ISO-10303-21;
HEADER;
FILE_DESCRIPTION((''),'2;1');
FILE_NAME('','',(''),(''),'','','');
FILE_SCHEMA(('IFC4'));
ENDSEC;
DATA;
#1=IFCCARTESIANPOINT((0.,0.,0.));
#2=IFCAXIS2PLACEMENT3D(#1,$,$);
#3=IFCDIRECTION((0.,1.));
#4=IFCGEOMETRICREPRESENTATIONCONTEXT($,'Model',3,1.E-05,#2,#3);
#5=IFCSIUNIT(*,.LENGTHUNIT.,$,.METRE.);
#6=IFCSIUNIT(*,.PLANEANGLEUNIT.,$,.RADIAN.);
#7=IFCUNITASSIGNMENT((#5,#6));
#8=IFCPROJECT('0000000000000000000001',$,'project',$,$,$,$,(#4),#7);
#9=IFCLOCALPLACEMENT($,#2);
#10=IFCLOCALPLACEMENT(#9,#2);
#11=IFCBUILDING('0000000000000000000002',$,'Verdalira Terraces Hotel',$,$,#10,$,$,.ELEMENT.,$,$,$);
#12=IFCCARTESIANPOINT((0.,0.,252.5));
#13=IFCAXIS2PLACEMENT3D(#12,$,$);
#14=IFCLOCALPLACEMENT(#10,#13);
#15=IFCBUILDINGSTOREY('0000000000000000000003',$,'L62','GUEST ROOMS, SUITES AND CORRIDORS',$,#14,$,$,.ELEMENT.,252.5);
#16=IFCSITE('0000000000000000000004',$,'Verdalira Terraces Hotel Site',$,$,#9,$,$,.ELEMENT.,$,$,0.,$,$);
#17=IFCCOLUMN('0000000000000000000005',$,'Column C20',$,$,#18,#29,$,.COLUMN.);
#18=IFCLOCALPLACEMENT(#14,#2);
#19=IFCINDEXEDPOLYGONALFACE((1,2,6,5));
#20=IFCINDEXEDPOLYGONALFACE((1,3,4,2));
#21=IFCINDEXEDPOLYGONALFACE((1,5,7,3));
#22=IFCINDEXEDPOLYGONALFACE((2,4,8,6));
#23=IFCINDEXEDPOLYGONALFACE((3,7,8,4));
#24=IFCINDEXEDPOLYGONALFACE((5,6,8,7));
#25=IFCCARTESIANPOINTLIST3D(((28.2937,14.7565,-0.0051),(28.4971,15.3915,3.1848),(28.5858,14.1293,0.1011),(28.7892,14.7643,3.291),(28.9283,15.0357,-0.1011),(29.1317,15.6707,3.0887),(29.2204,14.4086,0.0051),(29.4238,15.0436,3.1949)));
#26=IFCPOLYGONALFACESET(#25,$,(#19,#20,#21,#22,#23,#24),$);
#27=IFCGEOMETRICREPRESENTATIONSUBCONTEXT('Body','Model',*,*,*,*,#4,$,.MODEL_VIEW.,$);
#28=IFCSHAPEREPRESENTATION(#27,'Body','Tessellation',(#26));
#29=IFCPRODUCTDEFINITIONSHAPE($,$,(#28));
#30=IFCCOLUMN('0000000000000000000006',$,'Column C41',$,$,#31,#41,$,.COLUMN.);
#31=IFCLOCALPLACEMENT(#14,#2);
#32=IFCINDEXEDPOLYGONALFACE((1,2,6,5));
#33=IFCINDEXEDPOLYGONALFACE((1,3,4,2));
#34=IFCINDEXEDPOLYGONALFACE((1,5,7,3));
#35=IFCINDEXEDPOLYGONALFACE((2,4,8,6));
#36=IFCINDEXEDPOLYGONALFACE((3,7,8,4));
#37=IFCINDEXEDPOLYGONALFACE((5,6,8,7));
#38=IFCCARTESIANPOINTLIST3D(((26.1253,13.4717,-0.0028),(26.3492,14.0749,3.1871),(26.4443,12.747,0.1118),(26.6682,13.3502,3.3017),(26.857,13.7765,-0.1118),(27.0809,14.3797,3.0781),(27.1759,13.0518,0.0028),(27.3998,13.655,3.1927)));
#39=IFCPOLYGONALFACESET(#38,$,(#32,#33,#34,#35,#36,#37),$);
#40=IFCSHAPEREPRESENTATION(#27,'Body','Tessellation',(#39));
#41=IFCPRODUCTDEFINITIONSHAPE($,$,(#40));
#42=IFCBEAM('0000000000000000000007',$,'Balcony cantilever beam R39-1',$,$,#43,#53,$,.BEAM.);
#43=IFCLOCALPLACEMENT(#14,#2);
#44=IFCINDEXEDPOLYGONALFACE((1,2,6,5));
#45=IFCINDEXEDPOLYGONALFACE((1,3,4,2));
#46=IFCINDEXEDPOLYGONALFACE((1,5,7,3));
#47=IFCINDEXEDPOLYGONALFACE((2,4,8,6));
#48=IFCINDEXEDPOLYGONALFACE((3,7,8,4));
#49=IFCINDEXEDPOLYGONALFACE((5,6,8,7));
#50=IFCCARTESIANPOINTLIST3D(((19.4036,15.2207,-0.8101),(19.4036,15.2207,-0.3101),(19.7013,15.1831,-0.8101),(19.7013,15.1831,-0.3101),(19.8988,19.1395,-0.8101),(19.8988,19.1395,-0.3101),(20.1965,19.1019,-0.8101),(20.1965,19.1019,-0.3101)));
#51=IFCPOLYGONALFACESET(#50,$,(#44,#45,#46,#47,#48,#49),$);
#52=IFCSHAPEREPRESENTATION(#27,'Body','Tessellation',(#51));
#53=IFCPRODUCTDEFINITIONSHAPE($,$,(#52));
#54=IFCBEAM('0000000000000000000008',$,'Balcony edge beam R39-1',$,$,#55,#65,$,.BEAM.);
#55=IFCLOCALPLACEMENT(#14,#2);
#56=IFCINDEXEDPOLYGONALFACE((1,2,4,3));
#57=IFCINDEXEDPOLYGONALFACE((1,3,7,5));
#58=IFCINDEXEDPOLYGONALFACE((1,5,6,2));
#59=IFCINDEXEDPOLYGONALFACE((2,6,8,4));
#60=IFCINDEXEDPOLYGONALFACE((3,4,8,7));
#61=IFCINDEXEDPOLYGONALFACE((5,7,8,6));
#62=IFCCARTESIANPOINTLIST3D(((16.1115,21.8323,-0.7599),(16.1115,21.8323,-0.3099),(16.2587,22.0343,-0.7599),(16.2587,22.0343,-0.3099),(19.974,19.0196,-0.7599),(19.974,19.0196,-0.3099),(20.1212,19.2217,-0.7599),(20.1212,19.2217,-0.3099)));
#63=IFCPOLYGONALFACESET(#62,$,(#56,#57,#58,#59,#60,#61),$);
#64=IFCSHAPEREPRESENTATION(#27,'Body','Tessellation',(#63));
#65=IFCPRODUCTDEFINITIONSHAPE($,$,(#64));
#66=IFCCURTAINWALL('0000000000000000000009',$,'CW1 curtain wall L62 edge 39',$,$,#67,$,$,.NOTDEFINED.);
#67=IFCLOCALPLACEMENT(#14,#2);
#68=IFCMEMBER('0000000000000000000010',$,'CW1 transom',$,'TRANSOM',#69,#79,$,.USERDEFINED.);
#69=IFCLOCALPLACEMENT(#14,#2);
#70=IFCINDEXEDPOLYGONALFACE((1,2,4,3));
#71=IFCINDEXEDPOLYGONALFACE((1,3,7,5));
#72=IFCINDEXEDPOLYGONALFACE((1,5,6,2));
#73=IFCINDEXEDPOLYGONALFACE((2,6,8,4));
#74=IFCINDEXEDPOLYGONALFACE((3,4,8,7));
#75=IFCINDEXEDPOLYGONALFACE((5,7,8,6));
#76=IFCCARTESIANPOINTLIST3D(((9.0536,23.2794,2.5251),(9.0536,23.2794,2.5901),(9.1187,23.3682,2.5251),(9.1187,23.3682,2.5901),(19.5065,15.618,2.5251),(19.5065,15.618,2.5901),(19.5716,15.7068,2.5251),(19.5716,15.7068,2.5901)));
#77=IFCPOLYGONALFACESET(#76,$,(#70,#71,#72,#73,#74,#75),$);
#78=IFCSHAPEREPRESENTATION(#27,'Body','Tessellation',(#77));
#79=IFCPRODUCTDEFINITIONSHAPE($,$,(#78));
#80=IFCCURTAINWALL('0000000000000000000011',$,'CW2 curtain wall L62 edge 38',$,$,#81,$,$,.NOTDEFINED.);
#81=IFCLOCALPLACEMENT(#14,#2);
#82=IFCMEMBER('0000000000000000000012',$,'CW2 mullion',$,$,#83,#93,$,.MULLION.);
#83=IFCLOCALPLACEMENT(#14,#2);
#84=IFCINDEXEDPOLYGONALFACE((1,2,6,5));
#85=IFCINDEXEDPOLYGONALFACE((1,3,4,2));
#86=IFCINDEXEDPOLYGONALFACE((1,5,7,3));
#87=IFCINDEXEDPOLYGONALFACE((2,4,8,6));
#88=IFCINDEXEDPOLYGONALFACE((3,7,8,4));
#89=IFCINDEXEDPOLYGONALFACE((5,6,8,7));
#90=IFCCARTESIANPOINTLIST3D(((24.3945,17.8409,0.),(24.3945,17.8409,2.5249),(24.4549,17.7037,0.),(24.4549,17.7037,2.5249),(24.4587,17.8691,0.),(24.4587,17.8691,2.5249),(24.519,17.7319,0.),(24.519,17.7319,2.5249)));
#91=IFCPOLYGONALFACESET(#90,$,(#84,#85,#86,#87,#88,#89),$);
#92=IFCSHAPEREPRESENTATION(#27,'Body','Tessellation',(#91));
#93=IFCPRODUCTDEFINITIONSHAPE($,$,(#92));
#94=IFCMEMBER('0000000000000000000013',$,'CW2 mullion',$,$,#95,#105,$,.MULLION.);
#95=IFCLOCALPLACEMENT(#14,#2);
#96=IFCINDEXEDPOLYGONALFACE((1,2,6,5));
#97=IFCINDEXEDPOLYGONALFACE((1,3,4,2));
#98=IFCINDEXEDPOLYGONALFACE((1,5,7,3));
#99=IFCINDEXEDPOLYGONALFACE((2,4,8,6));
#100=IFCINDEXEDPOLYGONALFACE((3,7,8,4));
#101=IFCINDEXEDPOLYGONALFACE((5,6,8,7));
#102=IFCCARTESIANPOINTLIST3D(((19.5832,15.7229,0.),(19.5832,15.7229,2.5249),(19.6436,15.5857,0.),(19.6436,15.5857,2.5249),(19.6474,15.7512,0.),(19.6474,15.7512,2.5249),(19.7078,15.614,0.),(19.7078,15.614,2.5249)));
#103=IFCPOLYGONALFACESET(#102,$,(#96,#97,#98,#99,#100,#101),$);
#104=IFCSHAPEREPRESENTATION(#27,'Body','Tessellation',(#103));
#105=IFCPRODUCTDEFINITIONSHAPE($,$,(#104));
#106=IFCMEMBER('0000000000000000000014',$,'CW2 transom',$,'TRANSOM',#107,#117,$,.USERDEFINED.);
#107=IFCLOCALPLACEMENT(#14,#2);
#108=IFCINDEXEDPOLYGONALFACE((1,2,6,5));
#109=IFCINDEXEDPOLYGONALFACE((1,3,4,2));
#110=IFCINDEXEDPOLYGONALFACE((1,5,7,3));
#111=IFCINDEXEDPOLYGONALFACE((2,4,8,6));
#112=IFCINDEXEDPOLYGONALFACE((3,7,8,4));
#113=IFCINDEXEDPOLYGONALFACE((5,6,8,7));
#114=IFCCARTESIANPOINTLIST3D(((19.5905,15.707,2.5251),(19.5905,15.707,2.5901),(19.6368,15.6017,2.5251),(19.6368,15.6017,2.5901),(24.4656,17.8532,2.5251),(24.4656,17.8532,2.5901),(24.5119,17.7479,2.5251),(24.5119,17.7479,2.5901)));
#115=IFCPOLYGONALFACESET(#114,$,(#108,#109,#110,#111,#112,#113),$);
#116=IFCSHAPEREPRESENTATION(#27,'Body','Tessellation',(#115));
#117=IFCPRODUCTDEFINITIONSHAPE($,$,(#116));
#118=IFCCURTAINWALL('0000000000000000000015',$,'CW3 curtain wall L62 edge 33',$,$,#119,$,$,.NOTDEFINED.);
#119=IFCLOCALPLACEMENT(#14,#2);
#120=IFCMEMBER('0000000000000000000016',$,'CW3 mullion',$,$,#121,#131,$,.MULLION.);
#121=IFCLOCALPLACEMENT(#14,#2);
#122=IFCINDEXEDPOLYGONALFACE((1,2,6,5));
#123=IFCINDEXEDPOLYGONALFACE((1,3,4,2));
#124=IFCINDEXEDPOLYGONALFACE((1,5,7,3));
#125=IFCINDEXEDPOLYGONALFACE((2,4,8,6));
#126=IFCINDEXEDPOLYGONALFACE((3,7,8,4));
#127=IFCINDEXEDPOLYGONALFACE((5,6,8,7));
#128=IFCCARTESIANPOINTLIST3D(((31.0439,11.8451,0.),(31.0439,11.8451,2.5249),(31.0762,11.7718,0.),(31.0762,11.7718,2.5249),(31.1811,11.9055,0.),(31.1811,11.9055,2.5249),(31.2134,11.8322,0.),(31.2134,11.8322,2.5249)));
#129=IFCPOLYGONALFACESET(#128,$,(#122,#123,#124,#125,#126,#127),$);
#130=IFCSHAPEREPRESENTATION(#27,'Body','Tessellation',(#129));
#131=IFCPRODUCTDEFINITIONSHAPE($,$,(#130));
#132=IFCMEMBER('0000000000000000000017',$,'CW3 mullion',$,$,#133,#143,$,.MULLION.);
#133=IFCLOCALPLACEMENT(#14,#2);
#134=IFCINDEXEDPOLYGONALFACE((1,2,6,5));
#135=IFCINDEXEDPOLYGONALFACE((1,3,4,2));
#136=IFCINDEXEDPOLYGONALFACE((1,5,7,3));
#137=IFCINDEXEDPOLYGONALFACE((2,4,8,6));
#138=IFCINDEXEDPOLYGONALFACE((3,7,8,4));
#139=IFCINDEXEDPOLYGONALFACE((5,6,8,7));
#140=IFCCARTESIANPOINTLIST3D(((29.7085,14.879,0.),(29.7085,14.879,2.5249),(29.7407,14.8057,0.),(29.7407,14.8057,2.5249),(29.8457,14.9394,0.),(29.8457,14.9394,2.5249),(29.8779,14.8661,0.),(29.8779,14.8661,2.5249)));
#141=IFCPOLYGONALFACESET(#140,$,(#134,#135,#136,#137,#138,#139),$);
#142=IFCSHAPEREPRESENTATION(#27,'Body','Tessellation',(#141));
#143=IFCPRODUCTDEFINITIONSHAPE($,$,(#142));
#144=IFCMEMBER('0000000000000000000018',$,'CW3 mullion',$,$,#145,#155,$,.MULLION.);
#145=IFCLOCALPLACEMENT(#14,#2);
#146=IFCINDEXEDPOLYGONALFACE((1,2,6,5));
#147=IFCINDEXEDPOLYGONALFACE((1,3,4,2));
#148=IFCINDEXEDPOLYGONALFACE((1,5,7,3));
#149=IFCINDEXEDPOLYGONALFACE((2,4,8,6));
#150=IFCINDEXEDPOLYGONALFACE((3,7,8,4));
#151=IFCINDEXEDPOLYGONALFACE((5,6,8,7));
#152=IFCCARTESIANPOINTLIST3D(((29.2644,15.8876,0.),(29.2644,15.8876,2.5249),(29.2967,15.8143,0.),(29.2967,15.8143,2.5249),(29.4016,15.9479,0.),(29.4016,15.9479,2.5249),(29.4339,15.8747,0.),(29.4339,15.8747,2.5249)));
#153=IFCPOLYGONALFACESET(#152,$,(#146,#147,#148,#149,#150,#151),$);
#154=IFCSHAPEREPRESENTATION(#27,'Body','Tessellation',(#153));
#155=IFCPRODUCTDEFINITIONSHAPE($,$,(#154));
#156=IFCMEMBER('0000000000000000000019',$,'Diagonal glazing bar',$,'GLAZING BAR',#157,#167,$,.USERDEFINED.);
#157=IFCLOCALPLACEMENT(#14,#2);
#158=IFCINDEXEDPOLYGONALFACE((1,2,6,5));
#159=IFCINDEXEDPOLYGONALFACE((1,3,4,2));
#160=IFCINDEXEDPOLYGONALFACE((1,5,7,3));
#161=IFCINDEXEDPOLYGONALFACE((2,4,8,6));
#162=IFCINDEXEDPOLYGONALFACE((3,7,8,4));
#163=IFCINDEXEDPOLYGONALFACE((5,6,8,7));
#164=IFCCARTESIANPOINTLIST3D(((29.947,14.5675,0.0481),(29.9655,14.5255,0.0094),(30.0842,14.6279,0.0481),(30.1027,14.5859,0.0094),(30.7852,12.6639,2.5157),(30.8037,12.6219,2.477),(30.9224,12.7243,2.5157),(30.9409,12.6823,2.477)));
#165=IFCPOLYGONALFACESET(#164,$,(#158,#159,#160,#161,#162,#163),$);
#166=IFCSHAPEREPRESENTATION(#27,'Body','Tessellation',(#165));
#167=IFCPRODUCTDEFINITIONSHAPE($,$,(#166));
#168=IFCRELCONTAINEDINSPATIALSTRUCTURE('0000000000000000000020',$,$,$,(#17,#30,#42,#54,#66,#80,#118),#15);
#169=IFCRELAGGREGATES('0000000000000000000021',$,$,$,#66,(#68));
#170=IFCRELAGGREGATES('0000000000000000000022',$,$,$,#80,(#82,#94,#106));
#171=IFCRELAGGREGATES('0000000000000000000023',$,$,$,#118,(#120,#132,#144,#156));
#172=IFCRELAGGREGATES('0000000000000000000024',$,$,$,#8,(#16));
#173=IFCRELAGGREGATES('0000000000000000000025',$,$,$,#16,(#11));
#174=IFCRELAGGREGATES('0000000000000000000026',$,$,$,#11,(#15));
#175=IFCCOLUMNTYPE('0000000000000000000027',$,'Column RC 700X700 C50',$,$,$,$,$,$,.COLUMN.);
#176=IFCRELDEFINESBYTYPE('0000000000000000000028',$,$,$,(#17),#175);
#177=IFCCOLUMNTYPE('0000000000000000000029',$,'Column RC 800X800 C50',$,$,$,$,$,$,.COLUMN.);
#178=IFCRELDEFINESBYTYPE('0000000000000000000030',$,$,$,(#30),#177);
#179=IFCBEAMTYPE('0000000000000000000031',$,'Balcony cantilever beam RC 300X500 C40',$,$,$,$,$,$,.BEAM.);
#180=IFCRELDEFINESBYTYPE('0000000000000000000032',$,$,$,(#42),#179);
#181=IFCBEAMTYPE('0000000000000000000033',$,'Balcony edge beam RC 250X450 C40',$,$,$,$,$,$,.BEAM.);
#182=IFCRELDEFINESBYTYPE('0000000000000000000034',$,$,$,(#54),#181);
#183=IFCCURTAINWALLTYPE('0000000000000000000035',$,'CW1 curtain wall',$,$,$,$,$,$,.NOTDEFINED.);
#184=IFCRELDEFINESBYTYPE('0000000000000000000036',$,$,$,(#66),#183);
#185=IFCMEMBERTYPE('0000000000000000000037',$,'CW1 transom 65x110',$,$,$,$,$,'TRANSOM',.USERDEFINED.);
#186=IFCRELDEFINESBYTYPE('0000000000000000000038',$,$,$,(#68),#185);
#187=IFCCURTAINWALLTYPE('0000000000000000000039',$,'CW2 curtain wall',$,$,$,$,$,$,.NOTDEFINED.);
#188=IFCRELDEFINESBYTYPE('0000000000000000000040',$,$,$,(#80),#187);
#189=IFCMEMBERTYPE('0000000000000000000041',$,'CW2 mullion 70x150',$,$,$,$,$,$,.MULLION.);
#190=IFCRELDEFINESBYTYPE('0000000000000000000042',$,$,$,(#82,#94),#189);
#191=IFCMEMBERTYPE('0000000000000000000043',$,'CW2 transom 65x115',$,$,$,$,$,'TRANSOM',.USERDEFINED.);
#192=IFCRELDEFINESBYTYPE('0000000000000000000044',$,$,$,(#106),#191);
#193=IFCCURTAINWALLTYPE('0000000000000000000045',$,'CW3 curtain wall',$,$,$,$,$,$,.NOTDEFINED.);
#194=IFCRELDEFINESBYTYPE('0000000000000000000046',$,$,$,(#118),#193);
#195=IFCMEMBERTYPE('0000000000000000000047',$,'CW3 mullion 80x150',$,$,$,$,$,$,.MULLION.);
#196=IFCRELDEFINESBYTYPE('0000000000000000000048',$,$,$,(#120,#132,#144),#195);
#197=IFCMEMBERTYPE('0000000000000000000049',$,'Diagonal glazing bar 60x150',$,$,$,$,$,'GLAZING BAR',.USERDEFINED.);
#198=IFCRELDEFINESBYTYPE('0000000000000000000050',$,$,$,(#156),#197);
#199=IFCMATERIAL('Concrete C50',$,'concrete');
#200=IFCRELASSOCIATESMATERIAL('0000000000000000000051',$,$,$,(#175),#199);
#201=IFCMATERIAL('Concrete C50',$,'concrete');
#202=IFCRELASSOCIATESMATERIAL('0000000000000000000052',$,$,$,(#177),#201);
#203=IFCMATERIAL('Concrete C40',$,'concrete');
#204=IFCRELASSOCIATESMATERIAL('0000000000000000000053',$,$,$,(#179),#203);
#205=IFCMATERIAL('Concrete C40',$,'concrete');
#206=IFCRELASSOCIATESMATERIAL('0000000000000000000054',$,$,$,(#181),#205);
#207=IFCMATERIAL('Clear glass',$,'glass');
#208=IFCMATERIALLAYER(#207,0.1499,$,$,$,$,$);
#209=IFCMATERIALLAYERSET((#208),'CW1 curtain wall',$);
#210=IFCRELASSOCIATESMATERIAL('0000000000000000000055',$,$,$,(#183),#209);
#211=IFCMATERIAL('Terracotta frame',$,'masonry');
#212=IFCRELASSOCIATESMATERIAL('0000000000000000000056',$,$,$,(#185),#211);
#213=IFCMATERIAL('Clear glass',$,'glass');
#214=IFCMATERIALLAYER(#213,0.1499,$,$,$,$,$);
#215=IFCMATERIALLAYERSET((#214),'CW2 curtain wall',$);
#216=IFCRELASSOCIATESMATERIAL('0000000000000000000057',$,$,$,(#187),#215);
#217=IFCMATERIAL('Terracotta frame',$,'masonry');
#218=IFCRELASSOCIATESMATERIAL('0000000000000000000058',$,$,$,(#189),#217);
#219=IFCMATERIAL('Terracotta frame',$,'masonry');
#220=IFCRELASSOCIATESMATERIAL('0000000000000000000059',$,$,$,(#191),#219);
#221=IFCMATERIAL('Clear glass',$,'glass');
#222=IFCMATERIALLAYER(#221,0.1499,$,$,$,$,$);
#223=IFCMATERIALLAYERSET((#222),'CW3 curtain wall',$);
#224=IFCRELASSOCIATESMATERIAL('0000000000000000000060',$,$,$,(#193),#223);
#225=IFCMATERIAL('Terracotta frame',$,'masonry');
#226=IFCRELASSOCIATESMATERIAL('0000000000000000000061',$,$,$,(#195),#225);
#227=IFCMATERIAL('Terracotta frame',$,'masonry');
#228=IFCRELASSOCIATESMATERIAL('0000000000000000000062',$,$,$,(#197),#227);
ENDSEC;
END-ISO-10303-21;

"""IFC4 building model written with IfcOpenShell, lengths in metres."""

from ifc_helpers import new_model, si_unit, direction, frame, origin, origin_2d, place, context, subcontext, project, spatial, rectangle, extrude, material, layer, layer_set, material_profile, profile_set, type_object, element, aggregate, save


model = new_model("IFC4")

# Units and contexts
model_context = context("Model", 3, precision=1e-05, world=origin(), true_north=direction((0.0, 1.0)))
body_context = subcontext(model_context, "Body", "Model", "MODEL_VIEW")
ifc_project = project(units=[si_unit("LENGTHUNIT", "METRE"), si_unit("PLANEANGLEUNIT", "RADIAN")], contexts=[model_context])

# Site, building, storey
site_placement = place(None, origin())
site = spatial("IfcSite", under=ifc_project, at=site_placement, Name="Verdalira Terraces Hotel Site", CompositionType="ELEMENT", RefElevation=0.0)
building_placement = place(site_placement, origin())
building = spatial("IfcBuilding", under=site, at=building_placement, Name="Verdalira Terraces Hotel", CompositionType="ELEMENT")
storey_placement = place(building_placement, frame((0.0, 0.0, 252.5)))
storey = spatial("IfcBuildingStorey", under=building, at=storey_placement, Name="L62", Description="GUEST ROOMS, SUITES AND CORRIDORS", CompositionType="ELEMENT", Elevation=252.5)

# Columns
ifc_material_1 = material(Name="Concrete C50", Category="concrete")
ifc_material_profile_1 = material_profile(ifc_material_1, rectangle(XDim=0.7, YDim=0.7, at=origin_2d()), Name="RC 700X700")
ifc_profile_set_1 = profile_set([ifc_material_profile_1], Name="Concrete C50")
column_type_1 = type_object("IfcColumnType", Name="Column RC 700X700 C50", PredefinedType="COLUMN", material=ifc_profile_set_1)
column_1_placement = place(storey_placement, frame((28.7571, 14.5825, 0.0), z_axis=(0.062405, 0.194855, 0.978845), x_axis=(-0.417285, 0.896014, -0.151763)))
element("IfcColumn", 1, at=column_1_placement, inside=storey, type_object=column_type_1, Name="Column C20", PredefinedType="COLUMN", context=body_context, shape_type="SweptSolid", body=[
    extrude(rectangle(XDim=0.7, YDim=0.7, at=origin_2d()), origin(), (0.0, 0.0, 1.0), 3.2588),
])
ifc_material_2 = material(Name="Concrete C50", Category="concrete")
ifc_material_profile_2 = material_profile(ifc_material_2, rectangle(XDim=0.8, YDim=0.8, at=origin_2d()), Name="RC 800X800")
ifc_profile_set_2 = profile_set([ifc_material_profile_2], Name="Concrete C50")
column_type_2 = type_object("IfcColumnType", Name="Column RC 800X800 C50", PredefinedType="COLUMN", material=ifc_profile_set_2)
column_2_placement = place(storey_placement, frame((26.6506, 13.2617, 0.0), z_axis=(0.068796, 0.185383, 0.980255), x_axis=(0.91451, 0.380938, -0.136224)))
element("IfcColumn", 2, at=column_2_placement, inside=storey, type_object=column_type_2, Name="Column C41", PredefinedType="COLUMN", context=body_context, shape_type="SweptSolid", body=[
    extrude(rectangle(XDim=0.8, YDim=0.8, at=origin_2d()), origin(), (0.0, 0.0, 1.0), 3.2542),
])

# Beams
ifc_material_3 = material(Name="Concrete C40", Category="concrete")
ifc_material_profile_3 = material_profile(ifc_material_3, rectangle(XDim=0.3, YDim=0.5, at=origin_2d()), Name="RC 300X500")
ifc_profile_set_3 = profile_set([ifc_material_profile_3], Name="Concrete C40")
beam_type_1 = type_object("IfcBeamType", Name="Balcony cantilever beam RC 300X500 C40", PredefinedType="BEAM", material=ifc_profile_set_3)
beam_1_placement = place(storey_placement, frame((19.5525, 15.2019, -0.5601), z_axis=(0.125351, 0.992112, 0.0), x_axis=(-0.992112, 0.125351, 0.0)))
element("IfcBeam", 3, at=beam_1_placement, inside=storey, type_object=beam_type_1, Name="Balcony cantilever beam R39-1", PredefinedType="BEAM", context=body_context, shape_type="SweptSolid", body=[
    extrude(rectangle(XDim=0.3, YDim=0.5, at=origin_2d()), origin(), (0.0, 0.0, 1.0), 3.95),
])
ifc_material_4 = material(Name="Concrete C40", Category="concrete")
ifc_material_profile_4 = material_profile(ifc_material_4, rectangle(XDim=0.25, YDim=0.45, at=origin_2d()), Name="RC 250X450")
ifc_profile_set_4 = profile_set([ifc_material_profile_4], Name="Concrete C40")
beam_type_2 = type_object("IfcBeamType", Name="Balcony edge beam RC 250X450 C40", PredefinedType="BEAM", material=ifc_profile_set_4)
beam_2_placement = place(storey_placement, frame((20.0476, 19.1206, -0.5349), z_axis=(-0.808376, 0.588667, 0.0), x_axis=(-0.588667, -0.808376, 0.0)))
element("IfcBeam", 4, at=beam_2_placement, inside=storey, type_object=beam_type_2, Name="Balcony edge beam R39-1", PredefinedType="BEAM", context=body_context, shape_type="SweptSolid", body=[
    extrude(rectangle(XDim=0.25, YDim=0.45, at=origin_2d()), origin(), (0.0, 0.0, 1.0), 4.7781),
])

# Curtain wall, member
ifc_material_5 = material(Name="Clear glass", Category="glass")
ifc_layer_1 = layer(ifc_material_5, 0.1499)
ifc_layer_set_1 = layer_set([ifc_layer_1], Name="CW1 curtain wall")
curtain_wall_type_1 = type_object("IfcCurtainWallType", Name="CW1 curtain wall", PredefinedType="NOTDEFINED", material=ifc_layer_set_1)
curtain_wall_1_placement = place(storey_placement, origin())
curtain_wall_1 = element("IfcCurtainWall", 5, at=curtain_wall_1_placement, inside=storey, type_object=curtain_wall_type_1, Name="CW1 curtain wall L62 edge 39", PredefinedType="NOTDEFINED")
ifc_material_6 = material(Name="Terracotta frame", Category="masonry")
ifc_material_profile_5 = material_profile(ifc_material_6, rectangle(XDim=0.1101, YDim=0.0649, at=origin_2d()), Name="TR 65x110")
ifc_profile_set_5 = profile_set([ifc_material_profile_5], Name="Terracotta frame")
member_type_1 = type_object("IfcMemberType", Name="CW1 transom 65x110", ElementType="TRANSOM", PredefinedType="USERDEFINED", material=ifc_profile_set_5)
member_1_placement = place(storey_placement, frame((19.5391, 15.6624, 2.5576), z_axis=(-0.806555, 0.591159, 0.0), x_axis=(-0.591159, -0.806555, 0.0)))
member_1 = element("IfcMember", 6, at=member_1_placement, type_object=member_type_1, Name="CW1 transom", ObjectType="TRANSOM", PredefinedType="USERDEFINED", context=body_context, shape_type="SweptSolid", body=[
    extrude(rectangle(XDim=0.1101, YDim=0.0649, at=origin_2d()), origin(), (0.0, 0.0, 1.0), 12.96),
])
aggregate(curtain_wall_1, [member_1])

# Curtain walls, members
ifc_material_7 = material(Name="Clear glass", Category="glass")
ifc_layer_2 = layer(ifc_material_7, 0.1499)
ifc_layer_set_2 = layer_set([ifc_layer_2], Name="CW2 curtain wall")
curtain_wall_type_2 = type_object("IfcCurtainWallType", Name="CW2 curtain wall", PredefinedType="NOTDEFINED", material=ifc_layer_set_2)
curtain_wall_2_placement = place(storey_placement, origin())
curtain_wall_2 = element("IfcCurtainWall", 7, at=curtain_wall_2_placement, inside=storey, type_object=curtain_wall_type_2, Name="CW2 curtain wall L62 edge 38", PredefinedType="NOTDEFINED")
ifc_material_8 = material(Name="Terracotta frame", Category="masonry")
ifc_material_profile_6 = material_profile(ifc_material_8, rectangle(XDim=0.0701, YDim=0.1499, at=origin_2d()), Name="MU 70x150")
ifc_profile_set_6 = profile_set([ifc_material_profile_6], Name="Terracotta frame")
member_type_2 = type_object("IfcMemberType", Name="CW2 mullion 70x150", PredefinedType="MULLION", material=ifc_profile_set_6)
member_2_placement = place(storey_placement, frame((24.4568, 17.7864, 0.0), z_axis=(0.0, 0.0, 1.0), x_axis=(-0.915241, -0.402906, 0.0)))
member_2 = element("IfcMember", 8, at=member_2_placement, type_object=member_type_2, Name="CW2 mullion", PredefinedType="MULLION", context=body_context, shape_type="SweptSolid", body=[
    extrude(rectangle(XDim=0.0701, YDim=0.1499, at=origin_2d()), origin(), (0.0, 0.0, 1.0), 2.5249),
])
member_3_placement = place(storey_placement, frame((19.6455, 15.6685, 0.0), z_axis=(0.0, 0.0, 1.0), x_axis=(-0.915241, -0.402906, 0.0)))
member_3 = element("IfcMember", 9, at=member_3_placement, type_object=member_type_2, Name="CW2 mullion", PredefinedType="MULLION", context=body_context, shape_type="SweptSolid", body=[
    extrude(rectangle(XDim=0.0701, YDim=0.1499, at=origin_2d()), origin(), (0.0, 0.0, 1.0), 2.5249),
])
ifc_material_9 = material(Name="Terracotta frame", Category="masonry")
ifc_material_profile_7 = material_profile(ifc_material_9, rectangle(XDim=0.115, YDim=0.0649, at=origin_2d()), Name="TR 65x115")
ifc_profile_set_7 = profile_set([ifc_material_profile_7], Name="Terracotta frame")
member_type_3 = type_object("IfcMemberType", Name="CW2 transom 65x115", ElementType="TRANSOM", PredefinedType="USERDEFINED", material=ifc_profile_set_7)
member_4_placement = place(storey_placement, frame((24.4888, 17.8005, 2.5576), z_axis=(-0.915237, -0.402917, 0.0), x_axis=(0.402917, -0.915237, 0.0)))
member_4 = element("IfcMember", 10, at=member_4_placement, type_object=member_type_3, Name="CW2 transom", ObjectType="TRANSOM", PredefinedType="USERDEFINED", context=body_context, shape_type="SweptSolid", body=[
    extrude(rectangle(XDim=0.115, YDim=0.0649, at=origin_2d()), origin(), (0.0, 0.0, 1.0), 5.3267),
])
ifc_material_10 = material(Name="Clear glass", Category="glass")
ifc_layer_3 = layer(ifc_material_10, 0.1499)
ifc_layer_set_3 = layer_set([ifc_layer_3], Name="CW3 curtain wall")
curtain_wall_type_3 = type_object("IfcCurtainWallType", Name="CW3 curtain wall", PredefinedType="NOTDEFINED", material=ifc_layer_set_3)
curtain_wall_3_placement = place(storey_placement, origin())
curtain_wall_3 = element("IfcCurtainWall", 11, at=curtain_wall_3_placement, inside=storey, type_object=curtain_wall_type_3, Name="CW3 curtain wall L62 edge 33", PredefinedType="NOTDEFINED")
ifc_material_11 = material(Name="Terracotta frame", Category="masonry")
ifc_material_profile_8 = material_profile(ifc_material_11, rectangle(XDim=0.0801, YDim=0.1499, at=origin_2d()), Name="MU 80x150")
ifc_profile_set_8 = profile_set([ifc_material_profile_8], Name="Terracotta frame")
member_type_4 = type_object("IfcMemberType", Name="CW3 mullion 80x150", PredefinedType="MULLION", material=ifc_profile_set_8)
member_5_placement = place(storey_placement, frame((31.1287, 11.8386, 0.0), z_axis=(0.0, 0.0, 1.0), x_axis=(-0.402906, 0.915241, 0.0)))
member_5 = element("IfcMember", 12, at=member_5_placement, type_object=member_type_4, Name="CW3 mullion", PredefinedType="MULLION", context=body_context, shape_type="SweptSolid", body=[
    extrude(rectangle(XDim=0.0801, YDim=0.1499, at=origin_2d()), origin(), (0.0, 0.0, 1.0), 2.5249),
])
member_6_placement = place(storey_placement, frame((29.7932, 14.8726, 0.0), z_axis=(0.0, 0.0, 1.0), x_axis=(-0.402906, 0.915241, 0.0)))
member_6 = element("IfcMember", 13, at=member_6_placement, type_object=member_type_4, Name="CW3 mullion", PredefinedType="MULLION", context=body_context, shape_type="SweptSolid", body=[
    extrude(rectangle(XDim=0.0801, YDim=0.1499, at=origin_2d()), origin(), (0.0, 0.0, 1.0), 2.5249),
])
member_7_placement = place(storey_placement, frame((29.3491, 15.8811, 0.0), z_axis=(0.0, 0.0, 1.0), x_axis=(-0.402906, 0.915241, 0.0)))
member_7 = element("IfcMember", 14, at=member_7_placement, type_object=member_type_4, Name="CW3 mullion", PredefinedType="MULLION", context=body_context, shape_type="SweptSolid", body=[
    extrude(rectangle(XDim=0.0801, YDim=0.1499, at=origin_2d()), origin(), (0.0, 0.0, 1.0), 2.5249),
])
ifc_material_12 = material(Name="Terracotta frame", Category="masonry")
ifc_material_profile_9 = material_profile(ifc_material_12, rectangle(XDim=0.1499, YDim=0.0601, at=origin_2d()), Name="GB 60x150")
ifc_profile_set_9 = profile_set([ifc_material_profile_9], Name="Terracotta frame")
member_type_5 = type_object("IfcMemberType", Name="Diagonal glazing bar 60x150", ElementType="GLAZING BAR", PredefinedType="USERDEFINED", material=ifc_profile_set_9)
member_8_placement = place(storey_placement, frame((30.863, 12.6731, 2.4963), z_axis=(-0.259711, 0.589853, -0.764607), x_axis=(-0.915215, -0.402967, 0.0)))
member_8 = element("IfcMember", 15, at=member_8_placement, type_object=member_type_5, Name="Diagonal glazing bar", ObjectType="GLAZING BAR", PredefinedType="USERDEFINED", context=body_context, shape_type="SweptSolid", body=[
    extrude(rectangle(XDim=0.1499, YDim=0.0601, at=origin_2d()), origin(), (0.0, 0.0, 1.0), 3.2273),
])

aggregate(curtain_wall_2, [member_2, member_3, member_4])
aggregate(curtain_wall_3, [member_5, member_6, member_7, member_8])

save(model, "model.ifc")
